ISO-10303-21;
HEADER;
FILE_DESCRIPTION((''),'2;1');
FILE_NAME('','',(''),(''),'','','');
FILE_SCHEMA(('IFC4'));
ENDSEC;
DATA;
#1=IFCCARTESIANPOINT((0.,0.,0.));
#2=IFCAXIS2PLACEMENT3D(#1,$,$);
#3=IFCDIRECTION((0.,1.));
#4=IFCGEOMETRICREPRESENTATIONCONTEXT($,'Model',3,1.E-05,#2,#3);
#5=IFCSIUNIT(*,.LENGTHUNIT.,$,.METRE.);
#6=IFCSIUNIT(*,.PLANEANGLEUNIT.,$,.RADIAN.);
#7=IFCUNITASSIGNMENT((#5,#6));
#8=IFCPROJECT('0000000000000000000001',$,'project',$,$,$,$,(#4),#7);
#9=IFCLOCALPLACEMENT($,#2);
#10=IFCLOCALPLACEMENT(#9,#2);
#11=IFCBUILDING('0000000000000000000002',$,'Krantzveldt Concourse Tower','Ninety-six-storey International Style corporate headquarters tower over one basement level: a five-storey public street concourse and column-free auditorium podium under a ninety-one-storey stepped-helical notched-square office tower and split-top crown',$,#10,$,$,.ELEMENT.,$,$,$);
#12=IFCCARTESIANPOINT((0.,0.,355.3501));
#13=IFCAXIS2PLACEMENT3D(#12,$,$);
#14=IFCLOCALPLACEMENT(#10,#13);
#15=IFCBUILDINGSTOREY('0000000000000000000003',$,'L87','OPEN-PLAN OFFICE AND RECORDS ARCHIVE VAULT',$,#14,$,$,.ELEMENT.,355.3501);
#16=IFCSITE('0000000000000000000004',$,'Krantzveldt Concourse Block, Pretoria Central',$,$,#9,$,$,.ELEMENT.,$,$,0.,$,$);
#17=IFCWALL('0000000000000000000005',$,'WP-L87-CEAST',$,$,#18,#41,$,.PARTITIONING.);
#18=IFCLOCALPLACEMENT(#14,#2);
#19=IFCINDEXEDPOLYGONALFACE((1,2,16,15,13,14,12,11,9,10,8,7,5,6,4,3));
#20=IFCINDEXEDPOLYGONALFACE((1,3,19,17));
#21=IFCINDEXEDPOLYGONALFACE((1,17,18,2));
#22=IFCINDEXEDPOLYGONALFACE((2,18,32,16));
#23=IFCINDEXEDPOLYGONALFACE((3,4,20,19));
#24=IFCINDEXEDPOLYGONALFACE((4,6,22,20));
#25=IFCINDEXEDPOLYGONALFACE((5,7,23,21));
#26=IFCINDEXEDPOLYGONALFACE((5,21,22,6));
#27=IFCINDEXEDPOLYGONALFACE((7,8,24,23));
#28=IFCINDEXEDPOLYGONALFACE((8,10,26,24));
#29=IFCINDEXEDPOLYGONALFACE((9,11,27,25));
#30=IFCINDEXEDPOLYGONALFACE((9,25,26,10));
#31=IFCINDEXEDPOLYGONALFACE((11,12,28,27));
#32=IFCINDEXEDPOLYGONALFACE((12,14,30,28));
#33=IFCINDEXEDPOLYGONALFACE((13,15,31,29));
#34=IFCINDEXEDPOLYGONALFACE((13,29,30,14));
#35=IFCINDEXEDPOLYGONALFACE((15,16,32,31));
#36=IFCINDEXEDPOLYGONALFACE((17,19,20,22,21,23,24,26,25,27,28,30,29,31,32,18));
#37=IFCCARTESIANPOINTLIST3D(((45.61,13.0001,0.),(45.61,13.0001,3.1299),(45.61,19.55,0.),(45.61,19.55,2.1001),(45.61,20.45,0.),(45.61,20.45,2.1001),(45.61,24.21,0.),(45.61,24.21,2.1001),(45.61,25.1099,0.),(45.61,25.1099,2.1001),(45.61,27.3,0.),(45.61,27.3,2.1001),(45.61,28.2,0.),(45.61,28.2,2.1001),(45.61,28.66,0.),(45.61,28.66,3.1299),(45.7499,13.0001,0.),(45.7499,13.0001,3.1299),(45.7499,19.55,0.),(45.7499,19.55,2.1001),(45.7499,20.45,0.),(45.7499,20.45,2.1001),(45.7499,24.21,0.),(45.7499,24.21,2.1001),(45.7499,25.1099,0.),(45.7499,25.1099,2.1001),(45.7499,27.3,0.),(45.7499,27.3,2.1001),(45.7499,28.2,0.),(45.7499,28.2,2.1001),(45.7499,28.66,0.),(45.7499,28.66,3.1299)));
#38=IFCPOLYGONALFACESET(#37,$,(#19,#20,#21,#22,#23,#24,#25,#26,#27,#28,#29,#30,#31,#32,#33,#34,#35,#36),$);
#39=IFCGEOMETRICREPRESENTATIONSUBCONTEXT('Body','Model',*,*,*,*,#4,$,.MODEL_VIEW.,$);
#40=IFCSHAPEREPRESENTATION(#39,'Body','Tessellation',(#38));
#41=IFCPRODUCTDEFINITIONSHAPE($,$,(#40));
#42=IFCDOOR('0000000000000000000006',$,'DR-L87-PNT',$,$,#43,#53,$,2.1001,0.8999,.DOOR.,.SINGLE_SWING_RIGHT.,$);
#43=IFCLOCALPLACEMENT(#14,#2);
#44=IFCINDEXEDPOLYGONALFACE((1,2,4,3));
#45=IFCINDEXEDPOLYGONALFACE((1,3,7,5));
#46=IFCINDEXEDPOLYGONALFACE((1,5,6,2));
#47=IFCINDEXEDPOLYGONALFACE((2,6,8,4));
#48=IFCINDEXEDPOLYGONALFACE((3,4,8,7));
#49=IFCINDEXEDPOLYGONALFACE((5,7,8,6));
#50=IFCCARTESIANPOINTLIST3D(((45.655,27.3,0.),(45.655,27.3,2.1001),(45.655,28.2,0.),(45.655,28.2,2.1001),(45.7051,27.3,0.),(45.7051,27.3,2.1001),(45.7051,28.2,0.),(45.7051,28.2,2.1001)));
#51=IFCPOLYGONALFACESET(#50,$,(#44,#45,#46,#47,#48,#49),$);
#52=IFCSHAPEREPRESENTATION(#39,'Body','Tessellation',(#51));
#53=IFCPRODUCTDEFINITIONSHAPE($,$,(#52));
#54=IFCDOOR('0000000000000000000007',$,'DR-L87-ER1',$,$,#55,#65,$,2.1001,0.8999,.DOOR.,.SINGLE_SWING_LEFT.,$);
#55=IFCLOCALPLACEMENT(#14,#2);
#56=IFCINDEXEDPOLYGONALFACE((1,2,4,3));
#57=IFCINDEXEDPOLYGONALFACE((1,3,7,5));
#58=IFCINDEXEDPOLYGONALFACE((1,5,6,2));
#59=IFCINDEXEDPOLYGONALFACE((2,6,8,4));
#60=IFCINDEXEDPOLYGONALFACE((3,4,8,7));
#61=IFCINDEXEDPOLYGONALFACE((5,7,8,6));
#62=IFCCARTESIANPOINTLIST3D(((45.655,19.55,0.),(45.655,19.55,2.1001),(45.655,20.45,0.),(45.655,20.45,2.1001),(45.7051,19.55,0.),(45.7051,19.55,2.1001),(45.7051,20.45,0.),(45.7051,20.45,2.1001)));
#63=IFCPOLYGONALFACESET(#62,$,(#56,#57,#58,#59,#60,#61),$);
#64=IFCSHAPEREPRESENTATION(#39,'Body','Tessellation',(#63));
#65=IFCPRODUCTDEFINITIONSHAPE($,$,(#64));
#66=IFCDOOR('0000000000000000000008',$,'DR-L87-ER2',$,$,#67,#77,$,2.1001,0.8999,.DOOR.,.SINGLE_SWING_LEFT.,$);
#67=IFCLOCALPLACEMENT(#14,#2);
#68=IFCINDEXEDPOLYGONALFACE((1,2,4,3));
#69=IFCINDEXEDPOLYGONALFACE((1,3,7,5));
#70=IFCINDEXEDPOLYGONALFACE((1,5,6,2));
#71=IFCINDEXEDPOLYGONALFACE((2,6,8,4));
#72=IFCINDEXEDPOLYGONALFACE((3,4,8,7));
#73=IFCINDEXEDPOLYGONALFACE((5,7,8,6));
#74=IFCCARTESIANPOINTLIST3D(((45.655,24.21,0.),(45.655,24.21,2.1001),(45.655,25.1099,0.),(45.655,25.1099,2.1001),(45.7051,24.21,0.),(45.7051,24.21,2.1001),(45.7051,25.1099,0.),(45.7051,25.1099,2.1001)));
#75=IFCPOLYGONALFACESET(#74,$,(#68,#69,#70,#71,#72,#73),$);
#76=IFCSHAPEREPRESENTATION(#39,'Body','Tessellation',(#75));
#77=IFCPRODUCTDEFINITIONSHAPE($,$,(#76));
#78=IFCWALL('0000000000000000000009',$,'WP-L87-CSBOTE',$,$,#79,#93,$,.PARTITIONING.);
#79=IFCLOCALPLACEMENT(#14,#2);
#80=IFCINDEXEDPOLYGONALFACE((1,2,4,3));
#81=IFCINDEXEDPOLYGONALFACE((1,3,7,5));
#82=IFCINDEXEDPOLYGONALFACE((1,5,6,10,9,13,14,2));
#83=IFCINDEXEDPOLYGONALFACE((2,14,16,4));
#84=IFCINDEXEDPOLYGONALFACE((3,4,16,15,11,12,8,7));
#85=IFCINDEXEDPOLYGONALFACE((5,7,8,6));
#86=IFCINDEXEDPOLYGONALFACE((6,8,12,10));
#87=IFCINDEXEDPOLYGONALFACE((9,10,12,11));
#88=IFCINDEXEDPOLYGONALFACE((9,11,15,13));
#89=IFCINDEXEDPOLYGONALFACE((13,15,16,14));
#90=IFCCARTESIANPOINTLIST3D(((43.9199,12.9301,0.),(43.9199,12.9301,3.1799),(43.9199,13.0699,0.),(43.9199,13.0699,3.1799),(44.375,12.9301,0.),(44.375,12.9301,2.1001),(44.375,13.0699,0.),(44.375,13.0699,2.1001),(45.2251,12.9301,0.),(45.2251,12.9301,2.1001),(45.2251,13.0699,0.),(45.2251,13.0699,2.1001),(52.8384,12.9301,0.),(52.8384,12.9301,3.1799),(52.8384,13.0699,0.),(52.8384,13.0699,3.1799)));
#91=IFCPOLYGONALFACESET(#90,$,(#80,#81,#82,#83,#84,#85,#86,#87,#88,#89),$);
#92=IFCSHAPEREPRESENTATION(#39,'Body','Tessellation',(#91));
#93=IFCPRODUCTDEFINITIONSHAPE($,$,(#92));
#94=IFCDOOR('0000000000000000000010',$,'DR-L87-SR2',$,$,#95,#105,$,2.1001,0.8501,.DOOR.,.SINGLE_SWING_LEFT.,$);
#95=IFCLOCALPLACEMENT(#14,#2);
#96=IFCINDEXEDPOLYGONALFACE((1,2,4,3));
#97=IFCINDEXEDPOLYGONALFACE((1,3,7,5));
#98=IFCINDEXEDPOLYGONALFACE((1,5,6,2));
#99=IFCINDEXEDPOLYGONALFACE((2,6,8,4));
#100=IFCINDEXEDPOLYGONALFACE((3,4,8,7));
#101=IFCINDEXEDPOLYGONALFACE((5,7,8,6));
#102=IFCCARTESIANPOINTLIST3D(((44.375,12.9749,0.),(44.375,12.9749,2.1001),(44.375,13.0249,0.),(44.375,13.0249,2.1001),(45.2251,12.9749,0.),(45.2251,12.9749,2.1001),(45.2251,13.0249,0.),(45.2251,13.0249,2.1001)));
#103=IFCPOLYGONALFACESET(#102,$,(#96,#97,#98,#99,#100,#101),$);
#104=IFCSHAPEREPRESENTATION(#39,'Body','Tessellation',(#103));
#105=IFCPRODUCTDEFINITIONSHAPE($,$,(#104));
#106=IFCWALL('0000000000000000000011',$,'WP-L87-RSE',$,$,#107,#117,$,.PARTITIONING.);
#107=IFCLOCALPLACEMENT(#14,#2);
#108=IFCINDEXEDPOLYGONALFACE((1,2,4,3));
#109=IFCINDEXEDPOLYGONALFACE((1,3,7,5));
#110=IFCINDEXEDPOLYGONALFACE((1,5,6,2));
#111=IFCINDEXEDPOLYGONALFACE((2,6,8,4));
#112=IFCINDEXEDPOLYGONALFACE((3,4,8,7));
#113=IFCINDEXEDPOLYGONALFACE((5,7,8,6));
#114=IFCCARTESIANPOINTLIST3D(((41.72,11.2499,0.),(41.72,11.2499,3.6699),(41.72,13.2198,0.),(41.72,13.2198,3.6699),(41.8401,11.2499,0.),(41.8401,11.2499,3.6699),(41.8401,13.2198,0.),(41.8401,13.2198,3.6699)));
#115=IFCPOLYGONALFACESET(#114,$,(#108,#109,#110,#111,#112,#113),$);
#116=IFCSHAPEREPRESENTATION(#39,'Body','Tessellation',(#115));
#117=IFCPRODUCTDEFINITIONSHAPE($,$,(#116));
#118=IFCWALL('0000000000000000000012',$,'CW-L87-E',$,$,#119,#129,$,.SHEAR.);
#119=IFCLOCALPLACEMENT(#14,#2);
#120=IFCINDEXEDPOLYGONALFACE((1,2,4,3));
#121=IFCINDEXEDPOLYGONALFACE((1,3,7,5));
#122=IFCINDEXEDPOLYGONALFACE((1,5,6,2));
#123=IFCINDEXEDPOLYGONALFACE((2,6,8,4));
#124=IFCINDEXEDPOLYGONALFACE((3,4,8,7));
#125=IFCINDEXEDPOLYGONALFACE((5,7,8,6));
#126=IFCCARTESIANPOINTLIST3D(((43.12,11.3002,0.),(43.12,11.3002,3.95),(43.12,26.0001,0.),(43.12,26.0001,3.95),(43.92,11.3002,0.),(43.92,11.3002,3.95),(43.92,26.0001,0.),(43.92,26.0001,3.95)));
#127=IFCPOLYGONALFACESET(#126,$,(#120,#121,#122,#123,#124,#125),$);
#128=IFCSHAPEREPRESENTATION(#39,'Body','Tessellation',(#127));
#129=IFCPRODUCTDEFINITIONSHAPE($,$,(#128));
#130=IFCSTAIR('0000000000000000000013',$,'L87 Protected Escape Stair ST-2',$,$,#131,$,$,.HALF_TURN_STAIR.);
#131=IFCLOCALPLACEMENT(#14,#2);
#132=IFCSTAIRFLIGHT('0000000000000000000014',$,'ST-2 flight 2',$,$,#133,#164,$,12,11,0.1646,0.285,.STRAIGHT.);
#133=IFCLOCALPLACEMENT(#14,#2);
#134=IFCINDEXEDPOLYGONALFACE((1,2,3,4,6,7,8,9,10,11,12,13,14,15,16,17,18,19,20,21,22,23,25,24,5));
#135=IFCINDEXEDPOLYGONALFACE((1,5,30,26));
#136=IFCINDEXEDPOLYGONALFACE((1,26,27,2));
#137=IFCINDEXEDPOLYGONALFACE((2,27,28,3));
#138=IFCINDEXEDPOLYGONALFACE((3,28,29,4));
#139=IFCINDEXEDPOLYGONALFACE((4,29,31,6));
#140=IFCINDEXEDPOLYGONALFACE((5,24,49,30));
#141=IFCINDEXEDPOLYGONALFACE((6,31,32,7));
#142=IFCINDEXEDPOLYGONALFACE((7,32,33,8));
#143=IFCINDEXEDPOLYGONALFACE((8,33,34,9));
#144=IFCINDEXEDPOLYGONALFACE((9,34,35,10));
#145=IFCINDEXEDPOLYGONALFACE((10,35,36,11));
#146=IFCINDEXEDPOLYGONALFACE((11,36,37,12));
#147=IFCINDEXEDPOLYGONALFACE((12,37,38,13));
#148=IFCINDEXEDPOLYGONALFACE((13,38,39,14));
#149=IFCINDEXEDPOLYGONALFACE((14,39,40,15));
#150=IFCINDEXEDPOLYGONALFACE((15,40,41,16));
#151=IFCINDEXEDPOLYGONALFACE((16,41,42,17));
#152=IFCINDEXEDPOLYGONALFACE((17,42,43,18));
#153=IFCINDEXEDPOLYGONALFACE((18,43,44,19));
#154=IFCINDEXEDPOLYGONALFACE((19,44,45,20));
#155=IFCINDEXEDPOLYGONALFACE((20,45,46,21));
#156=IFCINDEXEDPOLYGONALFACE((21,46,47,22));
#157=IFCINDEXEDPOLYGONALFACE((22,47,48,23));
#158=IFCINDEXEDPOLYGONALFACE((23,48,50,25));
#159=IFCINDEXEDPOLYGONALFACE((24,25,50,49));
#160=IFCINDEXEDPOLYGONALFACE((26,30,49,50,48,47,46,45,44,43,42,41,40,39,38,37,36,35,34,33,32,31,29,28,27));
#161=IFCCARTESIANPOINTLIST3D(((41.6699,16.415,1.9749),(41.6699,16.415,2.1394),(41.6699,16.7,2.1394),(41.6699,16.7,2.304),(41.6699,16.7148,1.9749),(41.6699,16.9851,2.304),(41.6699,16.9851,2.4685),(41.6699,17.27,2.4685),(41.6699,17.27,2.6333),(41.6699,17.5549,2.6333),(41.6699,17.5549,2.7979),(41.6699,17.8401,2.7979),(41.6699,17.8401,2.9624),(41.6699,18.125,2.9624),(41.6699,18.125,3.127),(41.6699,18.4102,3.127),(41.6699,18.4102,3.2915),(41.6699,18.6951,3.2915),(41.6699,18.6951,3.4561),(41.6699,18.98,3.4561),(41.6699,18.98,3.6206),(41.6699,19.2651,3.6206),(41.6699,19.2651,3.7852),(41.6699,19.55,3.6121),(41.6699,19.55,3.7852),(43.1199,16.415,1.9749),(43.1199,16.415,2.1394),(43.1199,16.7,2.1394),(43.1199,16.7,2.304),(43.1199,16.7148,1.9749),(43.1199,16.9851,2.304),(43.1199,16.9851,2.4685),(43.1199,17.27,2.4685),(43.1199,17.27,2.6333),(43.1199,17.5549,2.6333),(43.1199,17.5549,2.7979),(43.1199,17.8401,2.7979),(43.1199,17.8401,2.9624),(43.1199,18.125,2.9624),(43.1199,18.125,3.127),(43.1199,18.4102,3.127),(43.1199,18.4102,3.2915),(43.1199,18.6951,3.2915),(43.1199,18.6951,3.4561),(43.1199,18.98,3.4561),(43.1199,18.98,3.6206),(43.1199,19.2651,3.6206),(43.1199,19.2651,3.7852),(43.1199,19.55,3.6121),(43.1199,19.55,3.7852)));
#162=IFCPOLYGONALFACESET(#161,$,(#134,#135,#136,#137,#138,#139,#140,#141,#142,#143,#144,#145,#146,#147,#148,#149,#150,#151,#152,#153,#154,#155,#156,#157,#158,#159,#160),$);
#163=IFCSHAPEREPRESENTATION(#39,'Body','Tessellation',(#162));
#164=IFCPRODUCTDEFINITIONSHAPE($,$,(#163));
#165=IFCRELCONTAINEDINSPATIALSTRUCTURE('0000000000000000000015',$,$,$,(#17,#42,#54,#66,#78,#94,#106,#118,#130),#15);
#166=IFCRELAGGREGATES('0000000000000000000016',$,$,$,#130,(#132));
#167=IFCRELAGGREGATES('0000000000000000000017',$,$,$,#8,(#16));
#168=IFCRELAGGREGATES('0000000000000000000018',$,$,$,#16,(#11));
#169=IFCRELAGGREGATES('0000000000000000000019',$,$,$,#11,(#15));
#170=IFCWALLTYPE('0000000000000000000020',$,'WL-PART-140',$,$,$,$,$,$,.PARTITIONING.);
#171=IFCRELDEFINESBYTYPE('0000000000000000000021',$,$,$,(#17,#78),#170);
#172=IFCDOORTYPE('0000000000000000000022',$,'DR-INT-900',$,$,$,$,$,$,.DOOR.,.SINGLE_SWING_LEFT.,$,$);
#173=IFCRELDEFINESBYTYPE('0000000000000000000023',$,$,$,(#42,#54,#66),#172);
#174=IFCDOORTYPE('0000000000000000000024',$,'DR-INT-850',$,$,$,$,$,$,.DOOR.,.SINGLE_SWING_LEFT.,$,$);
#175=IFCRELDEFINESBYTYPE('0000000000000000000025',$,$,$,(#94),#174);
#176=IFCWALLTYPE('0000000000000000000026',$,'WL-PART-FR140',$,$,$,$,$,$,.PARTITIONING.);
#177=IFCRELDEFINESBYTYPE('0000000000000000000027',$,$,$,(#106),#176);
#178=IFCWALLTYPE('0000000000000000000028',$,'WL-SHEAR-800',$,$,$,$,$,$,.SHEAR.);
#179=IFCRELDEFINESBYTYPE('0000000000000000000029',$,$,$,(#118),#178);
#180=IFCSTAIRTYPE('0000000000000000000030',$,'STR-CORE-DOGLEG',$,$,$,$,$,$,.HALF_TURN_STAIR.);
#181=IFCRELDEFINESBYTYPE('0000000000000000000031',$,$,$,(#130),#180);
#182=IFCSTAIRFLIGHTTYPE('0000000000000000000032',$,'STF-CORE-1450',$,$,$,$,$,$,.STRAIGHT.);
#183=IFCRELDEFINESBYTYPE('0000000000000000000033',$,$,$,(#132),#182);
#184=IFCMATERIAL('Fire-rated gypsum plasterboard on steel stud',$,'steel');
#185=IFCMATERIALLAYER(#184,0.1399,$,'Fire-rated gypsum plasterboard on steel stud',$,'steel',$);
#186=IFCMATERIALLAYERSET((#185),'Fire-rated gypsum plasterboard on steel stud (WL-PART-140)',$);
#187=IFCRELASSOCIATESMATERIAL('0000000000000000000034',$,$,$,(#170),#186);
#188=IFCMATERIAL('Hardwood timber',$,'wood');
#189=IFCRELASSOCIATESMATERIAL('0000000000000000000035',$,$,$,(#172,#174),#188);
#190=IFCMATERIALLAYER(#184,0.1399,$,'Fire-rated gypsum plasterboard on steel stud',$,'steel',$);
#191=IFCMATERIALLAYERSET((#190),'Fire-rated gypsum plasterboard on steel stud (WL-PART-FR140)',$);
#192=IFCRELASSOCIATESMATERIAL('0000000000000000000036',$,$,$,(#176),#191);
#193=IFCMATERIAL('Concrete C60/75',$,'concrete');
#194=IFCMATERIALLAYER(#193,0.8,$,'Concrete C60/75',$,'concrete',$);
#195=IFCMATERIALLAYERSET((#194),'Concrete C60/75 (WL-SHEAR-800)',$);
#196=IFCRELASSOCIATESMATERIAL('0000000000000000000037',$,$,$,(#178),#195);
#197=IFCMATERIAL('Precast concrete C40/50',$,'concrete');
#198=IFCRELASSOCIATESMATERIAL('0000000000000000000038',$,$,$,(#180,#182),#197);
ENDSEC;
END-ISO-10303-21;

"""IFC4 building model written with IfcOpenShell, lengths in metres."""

from ifc_helpers import new_model, si_unit, direction, frame, frame_2d, origin, place, context, subcontext, project, spatial, polyline, rectangle, outline, extrude, material, layer, layer_set, type_object, element, fill, aggregate, save


model = new_model("IFC4")

# Units and contexts
model_context = context("Model", 3, precision=1e-05, world=origin(), true_north=direction((0.0, 1.0)))
body_context = subcontext(model_context, "Body", "Model", "MODEL_VIEW")
ifc_project = project(units=[si_unit("LENGTHUNIT", "METRE"), si_unit("PLANEANGLEUNIT", "RADIAN")], contexts=[model_context])

# Site, building, storey
site_placement = place(None, origin())
site = spatial("IfcSite", under=ifc_project, at=site_placement, Name="Krantzveldt Concourse Block, Pretoria Central", CompositionType="ELEMENT", RefElevation=0.0)
building_placement = place(site_placement, origin())
building = spatial("IfcBuilding", under=site, at=building_placement, Name="Krantzveldt Concourse Tower", Description="Ninety-six-storey International Style corporate headquarters tower over one basement level: a five-storey public street concourse and column-free auditorium podium under a ninety-one-storey stepped-helical notched-square office tower and split-top crown", CompositionType="ELEMENT")
storey_placement = place(building_placement, frame((0.0, 0.0, 355.3501)))
storey = spatial("IfcBuildingStorey", under=building, at=storey_placement, Name="L87", Description="OPEN-PLAN OFFICE AND RECORDS ARCHIVE VAULT", CompositionType="ELEMENT", Elevation=355.3501)

# Wall, openings, doors
ifc_material_1 = material(Name="Fire-rated gypsum plasterboard on steel stud", Category="steel")
ifc_layer_1 = layer(ifc_material_1, 0.1399, Name="Fire-rated gypsum plasterboard on steel stud", Category="steel")
ifc_layer_set_1 = layer_set([ifc_layer_1], Name="Fire-rated gypsum plasterboard on steel stud (WL-PART-140)")
wall_type_1 = type_object("IfcWallType", Name="WL-PART-140", PredefinedType="PARTITIONING", material=ifc_layer_set_1)
wall_1_placement = place(storey_placement, frame((45.6799, 13.0, 0.0), z_axis=(0.0, 0.0, 1.0), x_axis=(0.0, 1.0, 0.0)))
wall_1 = element("IfcWall", 1, at=wall_1_placement, inside=storey, type_object=wall_type_1, Name="WP-L87-CEAST", PredefinedType="PARTITIONING", context=body_context, shape_type="SweptSolid", body=[
    extrude(rectangle(XDim=15.6599, YDim=0.1399, at=frame_2d((7.8301, 0.0))), origin(), (0.0, 0.0, 1.0), 3.1299),
])
opening_1_placement = place(wall_1_placement, frame((14.3, 0.0, 0.0)))
opening_1 = element("IfcOpeningElement", 2, at=opening_1_placement, cuts=wall_1, PredefinedType="OPENING", context=body_context, shape_type="SweptSolid", body=[
    extrude(rectangle(XDim=0.8999, YDim=2.1001, at=frame_2d((0.45, 1.05))), frame((0.0, 0.0801, 0.0), z_axis=(0.0, -1.0, 0.0), x_axis=(1.0, 0.0, 0.0)), (0.0, 0.0, 1.0), 0.1599),
])
opening_2_placement = place(wall_1_placement, frame((6.55, 0.0, 0.0)))
opening_2 = element("IfcOpeningElement", 3, at=opening_2_placement, cuts=wall_1, PredefinedType="OPENING", context=body_context, shape_type="SweptSolid", body=[
    extrude(rectangle(XDim=0.8999, YDim=2.1001, at=frame_2d((0.45, 1.05))), frame((0.0, 0.0801, 0.0), z_axis=(0.0, -1.0, 0.0), x_axis=(1.0, 0.0, 0.0)), (0.0, 0.0, 1.0), 0.1599),
])
opening_3_placement = place(wall_1_placement, frame((11.21, 0.0, 0.0)))
opening_3 = element("IfcOpeningElement", 4, at=opening_3_placement, cuts=wall_1, PredefinedType="OPENING", context=body_context, shape_type="SweptSolid", body=[
    extrude(rectangle(XDim=0.8999, YDim=2.1001, at=frame_2d((0.45, 1.05))), frame((0.0, 0.0801, 0.0), z_axis=(0.0, -1.0, 0.0), x_axis=(1.0, 0.0, 0.0)), (0.0, 0.0, 1.0), 0.1599),
])
ifc_material_2 = material(Name="Hardwood timber", Category="wood")
door_type_1 = type_object("IfcDoorType", Name="DR-INT-900", OperationType="SINGLE_SWING_LEFT", PredefinedType="DOOR", material=ifc_material_2)
door_1_placement = place(opening_1_placement, origin())
door_1 = element("IfcDoor", 5, at=door_1_placement, inside=storey, type_object=door_type_1, Name="DR-L87-PNT", OperationType="SINGLE_SWING_RIGHT", OverallHeight=2.1001, OverallWidth=0.8999, PredefinedType="DOOR", context=body_context, shape_type="SweptSolid", body=[
    extrude(rectangle(XDim=0.8999, YDim=2.1001, at=frame_2d((0.45, 1.05))), frame((0.0, 0.0249, 0.0), z_axis=(0.0, -1.0, 0.0), x_axis=(1.0, 0.0, 0.0)), (0.0, 0.0, 1.0), 0.05),
])
fill(opening_1, door_1)
door_2_placement = place(opening_2_placement, origin())
door_2 = element("IfcDoor", 6, at=door_2_placement, inside=storey, type_object=door_type_1, Name="DR-L87-ER1", OperationType="SINGLE_SWING_LEFT", OverallHeight=2.1001, OverallWidth=0.8999, PredefinedType="DOOR", context=body_context, shape_type="SweptSolid", body=[
    extrude(rectangle(XDim=0.8999, YDim=2.1001, at=frame_2d((0.45, 1.05))), frame((0.0, 0.0249, 0.0), z_axis=(0.0, -1.0, 0.0), x_axis=(1.0, 0.0, 0.0)), (0.0, 0.0, 1.0), 0.05),
])
fill(opening_2, door_2)
door_3_placement = place(opening_3_placement, origin())
door_3 = element("IfcDoor", 7, at=door_3_placement, inside=storey, type_object=door_type_1, Name="DR-L87-ER2", OperationType="SINGLE_SWING_LEFT", OverallHeight=2.1001, OverallWidth=0.8999, PredefinedType="DOOR", context=body_context, shape_type="SweptSolid", body=[
    extrude(rectangle(XDim=0.8999, YDim=2.1001, at=frame_2d((0.45, 1.05))), frame((0.0, 0.0249, 0.0), z_axis=(0.0, -1.0, 0.0), x_axis=(1.0, 0.0, 0.0)), (0.0, 0.0, 1.0), 0.05),
])
fill(opening_3, door_3)

# Wall, opening, door
wall_2_placement = place(storey_placement, frame((43.9199, 13.0, 0.0), z_axis=(0.0, 0.0, 1.0), x_axis=(1.0, 0.0, 0.0)))
wall_2 = element("IfcWall", 8, at=wall_2_placement, inside=storey, type_object=wall_type_1, Name="WP-L87-CSBOTE", PredefinedType="PARTITIONING", context=body_context, shape_type="SweptSolid", body=[
    extrude(rectangle(XDim=8.9185, YDim=0.1399, at=frame_2d((4.4592, 0.0))), origin(), (0.0, 0.0, 1.0), 3.1799),
])
opening_4_placement = place(wall_2_placement, frame((0.4551, 0.0, 0.0)))
opening_4 = element("IfcOpeningElement", 9, at=opening_4_placement, cuts=wall_2, PredefinedType="OPENING", context=body_context, shape_type="SweptSolid", body=[
    extrude(rectangle(XDim=0.8501, YDim=2.1001, at=frame_2d((0.425, 1.05))), frame((0.0, 0.0801, 0.0), z_axis=(0.0, -1.0, 0.0), x_axis=(1.0, 0.0, 0.0)), (0.0, 0.0, 1.0), 0.1599),
])
door_type_2 = type_object("IfcDoorType", Name="DR-INT-850", OperationType="SINGLE_SWING_LEFT", PredefinedType="DOOR", material=ifc_material_2)
door_4_placement = place(opening_4_placement, origin())
door_4 = element("IfcDoor", 10, at=door_4_placement, inside=storey, type_object=door_type_2, Name="DR-L87-SR2", OperationType="SINGLE_SWING_LEFT", OverallHeight=2.1001, OverallWidth=0.8501, PredefinedType="DOOR", context=body_context, shape_type="SweptSolid", body=[
    extrude(rectangle(XDim=0.8501, YDim=2.1001, at=frame_2d((0.425, 1.05))), frame((0.0, 0.0249, 0.0), z_axis=(0.0, -1.0, 0.0), x_axis=(1.0, 0.0, 0.0)), (0.0, 0.0, 1.0), 0.05),
])
fill(opening_4, door_4)

# Walls
ifc_layer_2 = layer(ifc_material_1, 0.1399, Name="Fire-rated gypsum plasterboard on steel stud", Category="steel")
ifc_layer_set_2 = layer_set([ifc_layer_2], Name="Fire-rated gypsum plasterboard on steel stud (WL-PART-FR140)")
wall_type_2 = type_object("IfcWallType", Name="WL-PART-FR140", PredefinedType="PARTITIONING", material=ifc_layer_set_2)
wall_3_placement = place(storey_placement, frame((41.78, 11.25, 0.0), z_axis=(0.0, 0.0, 1.0), x_axis=(0.0, 1.0, 0.0)))
element("IfcWall", 11, at=wall_3_placement, inside=storey, type_object=wall_type_2, Name="WP-L87-RSE", PredefinedType="PARTITIONING", context=body_context, shape_type="SweptSolid", body=[
    extrude(rectangle(XDim=1.97, YDim=0.1201, at=frame_2d((0.9849, 0.0))), origin(), (0.0, 0.0, 1.0), 3.6699),
])
ifc_material_3 = material(Name="Concrete C60/75", Category="concrete")
ifc_layer_3 = layer(ifc_material_3, 0.8, Name="Concrete C60/75", Category="concrete")
ifc_layer_set_3 = layer_set([ifc_layer_3], Name="Concrete C60/75 (WL-SHEAR-800)")
wall_type_3 = type_object("IfcWallType", Name="WL-SHEAR-800", PredefinedType="SHEAR", material=ifc_layer_set_3)
wall_4_placement = place(storey_placement, frame((43.52, 11.3, 0.0), z_axis=(0.0, 0.0, 1.0), x_axis=(0.0, 1.0, 0.0)))
element("IfcWall", 12, at=wall_4_placement, inside=storey, type_object=wall_type_3, Name="CW-L87-E", PredefinedType="SHEAR", context=body_context, shape_type="SweptSolid", body=[
    extrude(rectangle(XDim=14.7, YDim=0.8, at=frame_2d((7.3501, 0.0))), origin(), (0.0, 0.0, 1.0), 3.95),
])

# Stair, stair flight
ifc_material_4 = material(Name="Precast concrete C40/50", Category="concrete")
stair_type = type_object("IfcStairType", Name="STR-CORE-DOGLEG", PredefinedType="HALF_TURN_STAIR", material=ifc_material_4)
stair_placement = place(storey_placement, origin())
stair = element("IfcStair", 13, at=stair_placement, inside=storey, type_object=stair_type, Name="L87 Protected Escape Stair ST-2", PredefinedType="HALF_TURN_STAIR")
stair_flight_type = type_object("IfcStairFlightType", Name="STF-CORE-1450", PredefinedType="STRAIGHT", material=ifc_material_4)
stair_flight_placement = place(storey_placement, frame((42.395, 16.415, 1.9749), z_axis=(0.0, 0.0, 1.0), x_axis=(0.0, 1.0, 0.0)))
stair_flight = element("IfcStairFlight", 14, at=stair_flight_placement, type_object=stair_flight_type, Name="ST-2 flight 2", NumberOfRisers=12, NumberOfTreads=11, PredefinedType="STRAIGHT", RiserHeight=0.1646, TreadLength=0.285, context=body_context, shape_type="SweptSolid", body=[
    extrude(outline(polyline([(0.0, 0.0), (0.0, 0.1646), (0.2849, 0.1646), (0.2849, 0.3291), (0.5701, 0.3291), (0.5701, 0.4937), (0.855, 0.4937), (0.855, 0.6584), (1.1399, 0.6584), (1.1399, 0.823), (1.425, 0.823), (1.425, 0.9875), (1.71, 0.9875), (1.71, 1.1521), (1.9951, 1.1521), (1.9951, 1.3167), (2.28, 1.3167), (2.28, 1.4812), (2.5649, 1.4812), (2.5649, 1.6458), (2.8501, 1.6458), (2.8501, 1.8103), (3.135, 1.8103), (3.135, 1.9751), (3.135, 1.6372), (0.2998, 0.0), (0.0, 0.0)])), frame((0.0, 0.7251, 0.0), z_axis=(0.0, -1.0, 0.0), x_axis=(1.0, 0.0, 0.0)), (0.0, 0.0, 1.0), 1.45),
])
aggregate(stair, [stair_flight])

save(model, "model.ifc")
